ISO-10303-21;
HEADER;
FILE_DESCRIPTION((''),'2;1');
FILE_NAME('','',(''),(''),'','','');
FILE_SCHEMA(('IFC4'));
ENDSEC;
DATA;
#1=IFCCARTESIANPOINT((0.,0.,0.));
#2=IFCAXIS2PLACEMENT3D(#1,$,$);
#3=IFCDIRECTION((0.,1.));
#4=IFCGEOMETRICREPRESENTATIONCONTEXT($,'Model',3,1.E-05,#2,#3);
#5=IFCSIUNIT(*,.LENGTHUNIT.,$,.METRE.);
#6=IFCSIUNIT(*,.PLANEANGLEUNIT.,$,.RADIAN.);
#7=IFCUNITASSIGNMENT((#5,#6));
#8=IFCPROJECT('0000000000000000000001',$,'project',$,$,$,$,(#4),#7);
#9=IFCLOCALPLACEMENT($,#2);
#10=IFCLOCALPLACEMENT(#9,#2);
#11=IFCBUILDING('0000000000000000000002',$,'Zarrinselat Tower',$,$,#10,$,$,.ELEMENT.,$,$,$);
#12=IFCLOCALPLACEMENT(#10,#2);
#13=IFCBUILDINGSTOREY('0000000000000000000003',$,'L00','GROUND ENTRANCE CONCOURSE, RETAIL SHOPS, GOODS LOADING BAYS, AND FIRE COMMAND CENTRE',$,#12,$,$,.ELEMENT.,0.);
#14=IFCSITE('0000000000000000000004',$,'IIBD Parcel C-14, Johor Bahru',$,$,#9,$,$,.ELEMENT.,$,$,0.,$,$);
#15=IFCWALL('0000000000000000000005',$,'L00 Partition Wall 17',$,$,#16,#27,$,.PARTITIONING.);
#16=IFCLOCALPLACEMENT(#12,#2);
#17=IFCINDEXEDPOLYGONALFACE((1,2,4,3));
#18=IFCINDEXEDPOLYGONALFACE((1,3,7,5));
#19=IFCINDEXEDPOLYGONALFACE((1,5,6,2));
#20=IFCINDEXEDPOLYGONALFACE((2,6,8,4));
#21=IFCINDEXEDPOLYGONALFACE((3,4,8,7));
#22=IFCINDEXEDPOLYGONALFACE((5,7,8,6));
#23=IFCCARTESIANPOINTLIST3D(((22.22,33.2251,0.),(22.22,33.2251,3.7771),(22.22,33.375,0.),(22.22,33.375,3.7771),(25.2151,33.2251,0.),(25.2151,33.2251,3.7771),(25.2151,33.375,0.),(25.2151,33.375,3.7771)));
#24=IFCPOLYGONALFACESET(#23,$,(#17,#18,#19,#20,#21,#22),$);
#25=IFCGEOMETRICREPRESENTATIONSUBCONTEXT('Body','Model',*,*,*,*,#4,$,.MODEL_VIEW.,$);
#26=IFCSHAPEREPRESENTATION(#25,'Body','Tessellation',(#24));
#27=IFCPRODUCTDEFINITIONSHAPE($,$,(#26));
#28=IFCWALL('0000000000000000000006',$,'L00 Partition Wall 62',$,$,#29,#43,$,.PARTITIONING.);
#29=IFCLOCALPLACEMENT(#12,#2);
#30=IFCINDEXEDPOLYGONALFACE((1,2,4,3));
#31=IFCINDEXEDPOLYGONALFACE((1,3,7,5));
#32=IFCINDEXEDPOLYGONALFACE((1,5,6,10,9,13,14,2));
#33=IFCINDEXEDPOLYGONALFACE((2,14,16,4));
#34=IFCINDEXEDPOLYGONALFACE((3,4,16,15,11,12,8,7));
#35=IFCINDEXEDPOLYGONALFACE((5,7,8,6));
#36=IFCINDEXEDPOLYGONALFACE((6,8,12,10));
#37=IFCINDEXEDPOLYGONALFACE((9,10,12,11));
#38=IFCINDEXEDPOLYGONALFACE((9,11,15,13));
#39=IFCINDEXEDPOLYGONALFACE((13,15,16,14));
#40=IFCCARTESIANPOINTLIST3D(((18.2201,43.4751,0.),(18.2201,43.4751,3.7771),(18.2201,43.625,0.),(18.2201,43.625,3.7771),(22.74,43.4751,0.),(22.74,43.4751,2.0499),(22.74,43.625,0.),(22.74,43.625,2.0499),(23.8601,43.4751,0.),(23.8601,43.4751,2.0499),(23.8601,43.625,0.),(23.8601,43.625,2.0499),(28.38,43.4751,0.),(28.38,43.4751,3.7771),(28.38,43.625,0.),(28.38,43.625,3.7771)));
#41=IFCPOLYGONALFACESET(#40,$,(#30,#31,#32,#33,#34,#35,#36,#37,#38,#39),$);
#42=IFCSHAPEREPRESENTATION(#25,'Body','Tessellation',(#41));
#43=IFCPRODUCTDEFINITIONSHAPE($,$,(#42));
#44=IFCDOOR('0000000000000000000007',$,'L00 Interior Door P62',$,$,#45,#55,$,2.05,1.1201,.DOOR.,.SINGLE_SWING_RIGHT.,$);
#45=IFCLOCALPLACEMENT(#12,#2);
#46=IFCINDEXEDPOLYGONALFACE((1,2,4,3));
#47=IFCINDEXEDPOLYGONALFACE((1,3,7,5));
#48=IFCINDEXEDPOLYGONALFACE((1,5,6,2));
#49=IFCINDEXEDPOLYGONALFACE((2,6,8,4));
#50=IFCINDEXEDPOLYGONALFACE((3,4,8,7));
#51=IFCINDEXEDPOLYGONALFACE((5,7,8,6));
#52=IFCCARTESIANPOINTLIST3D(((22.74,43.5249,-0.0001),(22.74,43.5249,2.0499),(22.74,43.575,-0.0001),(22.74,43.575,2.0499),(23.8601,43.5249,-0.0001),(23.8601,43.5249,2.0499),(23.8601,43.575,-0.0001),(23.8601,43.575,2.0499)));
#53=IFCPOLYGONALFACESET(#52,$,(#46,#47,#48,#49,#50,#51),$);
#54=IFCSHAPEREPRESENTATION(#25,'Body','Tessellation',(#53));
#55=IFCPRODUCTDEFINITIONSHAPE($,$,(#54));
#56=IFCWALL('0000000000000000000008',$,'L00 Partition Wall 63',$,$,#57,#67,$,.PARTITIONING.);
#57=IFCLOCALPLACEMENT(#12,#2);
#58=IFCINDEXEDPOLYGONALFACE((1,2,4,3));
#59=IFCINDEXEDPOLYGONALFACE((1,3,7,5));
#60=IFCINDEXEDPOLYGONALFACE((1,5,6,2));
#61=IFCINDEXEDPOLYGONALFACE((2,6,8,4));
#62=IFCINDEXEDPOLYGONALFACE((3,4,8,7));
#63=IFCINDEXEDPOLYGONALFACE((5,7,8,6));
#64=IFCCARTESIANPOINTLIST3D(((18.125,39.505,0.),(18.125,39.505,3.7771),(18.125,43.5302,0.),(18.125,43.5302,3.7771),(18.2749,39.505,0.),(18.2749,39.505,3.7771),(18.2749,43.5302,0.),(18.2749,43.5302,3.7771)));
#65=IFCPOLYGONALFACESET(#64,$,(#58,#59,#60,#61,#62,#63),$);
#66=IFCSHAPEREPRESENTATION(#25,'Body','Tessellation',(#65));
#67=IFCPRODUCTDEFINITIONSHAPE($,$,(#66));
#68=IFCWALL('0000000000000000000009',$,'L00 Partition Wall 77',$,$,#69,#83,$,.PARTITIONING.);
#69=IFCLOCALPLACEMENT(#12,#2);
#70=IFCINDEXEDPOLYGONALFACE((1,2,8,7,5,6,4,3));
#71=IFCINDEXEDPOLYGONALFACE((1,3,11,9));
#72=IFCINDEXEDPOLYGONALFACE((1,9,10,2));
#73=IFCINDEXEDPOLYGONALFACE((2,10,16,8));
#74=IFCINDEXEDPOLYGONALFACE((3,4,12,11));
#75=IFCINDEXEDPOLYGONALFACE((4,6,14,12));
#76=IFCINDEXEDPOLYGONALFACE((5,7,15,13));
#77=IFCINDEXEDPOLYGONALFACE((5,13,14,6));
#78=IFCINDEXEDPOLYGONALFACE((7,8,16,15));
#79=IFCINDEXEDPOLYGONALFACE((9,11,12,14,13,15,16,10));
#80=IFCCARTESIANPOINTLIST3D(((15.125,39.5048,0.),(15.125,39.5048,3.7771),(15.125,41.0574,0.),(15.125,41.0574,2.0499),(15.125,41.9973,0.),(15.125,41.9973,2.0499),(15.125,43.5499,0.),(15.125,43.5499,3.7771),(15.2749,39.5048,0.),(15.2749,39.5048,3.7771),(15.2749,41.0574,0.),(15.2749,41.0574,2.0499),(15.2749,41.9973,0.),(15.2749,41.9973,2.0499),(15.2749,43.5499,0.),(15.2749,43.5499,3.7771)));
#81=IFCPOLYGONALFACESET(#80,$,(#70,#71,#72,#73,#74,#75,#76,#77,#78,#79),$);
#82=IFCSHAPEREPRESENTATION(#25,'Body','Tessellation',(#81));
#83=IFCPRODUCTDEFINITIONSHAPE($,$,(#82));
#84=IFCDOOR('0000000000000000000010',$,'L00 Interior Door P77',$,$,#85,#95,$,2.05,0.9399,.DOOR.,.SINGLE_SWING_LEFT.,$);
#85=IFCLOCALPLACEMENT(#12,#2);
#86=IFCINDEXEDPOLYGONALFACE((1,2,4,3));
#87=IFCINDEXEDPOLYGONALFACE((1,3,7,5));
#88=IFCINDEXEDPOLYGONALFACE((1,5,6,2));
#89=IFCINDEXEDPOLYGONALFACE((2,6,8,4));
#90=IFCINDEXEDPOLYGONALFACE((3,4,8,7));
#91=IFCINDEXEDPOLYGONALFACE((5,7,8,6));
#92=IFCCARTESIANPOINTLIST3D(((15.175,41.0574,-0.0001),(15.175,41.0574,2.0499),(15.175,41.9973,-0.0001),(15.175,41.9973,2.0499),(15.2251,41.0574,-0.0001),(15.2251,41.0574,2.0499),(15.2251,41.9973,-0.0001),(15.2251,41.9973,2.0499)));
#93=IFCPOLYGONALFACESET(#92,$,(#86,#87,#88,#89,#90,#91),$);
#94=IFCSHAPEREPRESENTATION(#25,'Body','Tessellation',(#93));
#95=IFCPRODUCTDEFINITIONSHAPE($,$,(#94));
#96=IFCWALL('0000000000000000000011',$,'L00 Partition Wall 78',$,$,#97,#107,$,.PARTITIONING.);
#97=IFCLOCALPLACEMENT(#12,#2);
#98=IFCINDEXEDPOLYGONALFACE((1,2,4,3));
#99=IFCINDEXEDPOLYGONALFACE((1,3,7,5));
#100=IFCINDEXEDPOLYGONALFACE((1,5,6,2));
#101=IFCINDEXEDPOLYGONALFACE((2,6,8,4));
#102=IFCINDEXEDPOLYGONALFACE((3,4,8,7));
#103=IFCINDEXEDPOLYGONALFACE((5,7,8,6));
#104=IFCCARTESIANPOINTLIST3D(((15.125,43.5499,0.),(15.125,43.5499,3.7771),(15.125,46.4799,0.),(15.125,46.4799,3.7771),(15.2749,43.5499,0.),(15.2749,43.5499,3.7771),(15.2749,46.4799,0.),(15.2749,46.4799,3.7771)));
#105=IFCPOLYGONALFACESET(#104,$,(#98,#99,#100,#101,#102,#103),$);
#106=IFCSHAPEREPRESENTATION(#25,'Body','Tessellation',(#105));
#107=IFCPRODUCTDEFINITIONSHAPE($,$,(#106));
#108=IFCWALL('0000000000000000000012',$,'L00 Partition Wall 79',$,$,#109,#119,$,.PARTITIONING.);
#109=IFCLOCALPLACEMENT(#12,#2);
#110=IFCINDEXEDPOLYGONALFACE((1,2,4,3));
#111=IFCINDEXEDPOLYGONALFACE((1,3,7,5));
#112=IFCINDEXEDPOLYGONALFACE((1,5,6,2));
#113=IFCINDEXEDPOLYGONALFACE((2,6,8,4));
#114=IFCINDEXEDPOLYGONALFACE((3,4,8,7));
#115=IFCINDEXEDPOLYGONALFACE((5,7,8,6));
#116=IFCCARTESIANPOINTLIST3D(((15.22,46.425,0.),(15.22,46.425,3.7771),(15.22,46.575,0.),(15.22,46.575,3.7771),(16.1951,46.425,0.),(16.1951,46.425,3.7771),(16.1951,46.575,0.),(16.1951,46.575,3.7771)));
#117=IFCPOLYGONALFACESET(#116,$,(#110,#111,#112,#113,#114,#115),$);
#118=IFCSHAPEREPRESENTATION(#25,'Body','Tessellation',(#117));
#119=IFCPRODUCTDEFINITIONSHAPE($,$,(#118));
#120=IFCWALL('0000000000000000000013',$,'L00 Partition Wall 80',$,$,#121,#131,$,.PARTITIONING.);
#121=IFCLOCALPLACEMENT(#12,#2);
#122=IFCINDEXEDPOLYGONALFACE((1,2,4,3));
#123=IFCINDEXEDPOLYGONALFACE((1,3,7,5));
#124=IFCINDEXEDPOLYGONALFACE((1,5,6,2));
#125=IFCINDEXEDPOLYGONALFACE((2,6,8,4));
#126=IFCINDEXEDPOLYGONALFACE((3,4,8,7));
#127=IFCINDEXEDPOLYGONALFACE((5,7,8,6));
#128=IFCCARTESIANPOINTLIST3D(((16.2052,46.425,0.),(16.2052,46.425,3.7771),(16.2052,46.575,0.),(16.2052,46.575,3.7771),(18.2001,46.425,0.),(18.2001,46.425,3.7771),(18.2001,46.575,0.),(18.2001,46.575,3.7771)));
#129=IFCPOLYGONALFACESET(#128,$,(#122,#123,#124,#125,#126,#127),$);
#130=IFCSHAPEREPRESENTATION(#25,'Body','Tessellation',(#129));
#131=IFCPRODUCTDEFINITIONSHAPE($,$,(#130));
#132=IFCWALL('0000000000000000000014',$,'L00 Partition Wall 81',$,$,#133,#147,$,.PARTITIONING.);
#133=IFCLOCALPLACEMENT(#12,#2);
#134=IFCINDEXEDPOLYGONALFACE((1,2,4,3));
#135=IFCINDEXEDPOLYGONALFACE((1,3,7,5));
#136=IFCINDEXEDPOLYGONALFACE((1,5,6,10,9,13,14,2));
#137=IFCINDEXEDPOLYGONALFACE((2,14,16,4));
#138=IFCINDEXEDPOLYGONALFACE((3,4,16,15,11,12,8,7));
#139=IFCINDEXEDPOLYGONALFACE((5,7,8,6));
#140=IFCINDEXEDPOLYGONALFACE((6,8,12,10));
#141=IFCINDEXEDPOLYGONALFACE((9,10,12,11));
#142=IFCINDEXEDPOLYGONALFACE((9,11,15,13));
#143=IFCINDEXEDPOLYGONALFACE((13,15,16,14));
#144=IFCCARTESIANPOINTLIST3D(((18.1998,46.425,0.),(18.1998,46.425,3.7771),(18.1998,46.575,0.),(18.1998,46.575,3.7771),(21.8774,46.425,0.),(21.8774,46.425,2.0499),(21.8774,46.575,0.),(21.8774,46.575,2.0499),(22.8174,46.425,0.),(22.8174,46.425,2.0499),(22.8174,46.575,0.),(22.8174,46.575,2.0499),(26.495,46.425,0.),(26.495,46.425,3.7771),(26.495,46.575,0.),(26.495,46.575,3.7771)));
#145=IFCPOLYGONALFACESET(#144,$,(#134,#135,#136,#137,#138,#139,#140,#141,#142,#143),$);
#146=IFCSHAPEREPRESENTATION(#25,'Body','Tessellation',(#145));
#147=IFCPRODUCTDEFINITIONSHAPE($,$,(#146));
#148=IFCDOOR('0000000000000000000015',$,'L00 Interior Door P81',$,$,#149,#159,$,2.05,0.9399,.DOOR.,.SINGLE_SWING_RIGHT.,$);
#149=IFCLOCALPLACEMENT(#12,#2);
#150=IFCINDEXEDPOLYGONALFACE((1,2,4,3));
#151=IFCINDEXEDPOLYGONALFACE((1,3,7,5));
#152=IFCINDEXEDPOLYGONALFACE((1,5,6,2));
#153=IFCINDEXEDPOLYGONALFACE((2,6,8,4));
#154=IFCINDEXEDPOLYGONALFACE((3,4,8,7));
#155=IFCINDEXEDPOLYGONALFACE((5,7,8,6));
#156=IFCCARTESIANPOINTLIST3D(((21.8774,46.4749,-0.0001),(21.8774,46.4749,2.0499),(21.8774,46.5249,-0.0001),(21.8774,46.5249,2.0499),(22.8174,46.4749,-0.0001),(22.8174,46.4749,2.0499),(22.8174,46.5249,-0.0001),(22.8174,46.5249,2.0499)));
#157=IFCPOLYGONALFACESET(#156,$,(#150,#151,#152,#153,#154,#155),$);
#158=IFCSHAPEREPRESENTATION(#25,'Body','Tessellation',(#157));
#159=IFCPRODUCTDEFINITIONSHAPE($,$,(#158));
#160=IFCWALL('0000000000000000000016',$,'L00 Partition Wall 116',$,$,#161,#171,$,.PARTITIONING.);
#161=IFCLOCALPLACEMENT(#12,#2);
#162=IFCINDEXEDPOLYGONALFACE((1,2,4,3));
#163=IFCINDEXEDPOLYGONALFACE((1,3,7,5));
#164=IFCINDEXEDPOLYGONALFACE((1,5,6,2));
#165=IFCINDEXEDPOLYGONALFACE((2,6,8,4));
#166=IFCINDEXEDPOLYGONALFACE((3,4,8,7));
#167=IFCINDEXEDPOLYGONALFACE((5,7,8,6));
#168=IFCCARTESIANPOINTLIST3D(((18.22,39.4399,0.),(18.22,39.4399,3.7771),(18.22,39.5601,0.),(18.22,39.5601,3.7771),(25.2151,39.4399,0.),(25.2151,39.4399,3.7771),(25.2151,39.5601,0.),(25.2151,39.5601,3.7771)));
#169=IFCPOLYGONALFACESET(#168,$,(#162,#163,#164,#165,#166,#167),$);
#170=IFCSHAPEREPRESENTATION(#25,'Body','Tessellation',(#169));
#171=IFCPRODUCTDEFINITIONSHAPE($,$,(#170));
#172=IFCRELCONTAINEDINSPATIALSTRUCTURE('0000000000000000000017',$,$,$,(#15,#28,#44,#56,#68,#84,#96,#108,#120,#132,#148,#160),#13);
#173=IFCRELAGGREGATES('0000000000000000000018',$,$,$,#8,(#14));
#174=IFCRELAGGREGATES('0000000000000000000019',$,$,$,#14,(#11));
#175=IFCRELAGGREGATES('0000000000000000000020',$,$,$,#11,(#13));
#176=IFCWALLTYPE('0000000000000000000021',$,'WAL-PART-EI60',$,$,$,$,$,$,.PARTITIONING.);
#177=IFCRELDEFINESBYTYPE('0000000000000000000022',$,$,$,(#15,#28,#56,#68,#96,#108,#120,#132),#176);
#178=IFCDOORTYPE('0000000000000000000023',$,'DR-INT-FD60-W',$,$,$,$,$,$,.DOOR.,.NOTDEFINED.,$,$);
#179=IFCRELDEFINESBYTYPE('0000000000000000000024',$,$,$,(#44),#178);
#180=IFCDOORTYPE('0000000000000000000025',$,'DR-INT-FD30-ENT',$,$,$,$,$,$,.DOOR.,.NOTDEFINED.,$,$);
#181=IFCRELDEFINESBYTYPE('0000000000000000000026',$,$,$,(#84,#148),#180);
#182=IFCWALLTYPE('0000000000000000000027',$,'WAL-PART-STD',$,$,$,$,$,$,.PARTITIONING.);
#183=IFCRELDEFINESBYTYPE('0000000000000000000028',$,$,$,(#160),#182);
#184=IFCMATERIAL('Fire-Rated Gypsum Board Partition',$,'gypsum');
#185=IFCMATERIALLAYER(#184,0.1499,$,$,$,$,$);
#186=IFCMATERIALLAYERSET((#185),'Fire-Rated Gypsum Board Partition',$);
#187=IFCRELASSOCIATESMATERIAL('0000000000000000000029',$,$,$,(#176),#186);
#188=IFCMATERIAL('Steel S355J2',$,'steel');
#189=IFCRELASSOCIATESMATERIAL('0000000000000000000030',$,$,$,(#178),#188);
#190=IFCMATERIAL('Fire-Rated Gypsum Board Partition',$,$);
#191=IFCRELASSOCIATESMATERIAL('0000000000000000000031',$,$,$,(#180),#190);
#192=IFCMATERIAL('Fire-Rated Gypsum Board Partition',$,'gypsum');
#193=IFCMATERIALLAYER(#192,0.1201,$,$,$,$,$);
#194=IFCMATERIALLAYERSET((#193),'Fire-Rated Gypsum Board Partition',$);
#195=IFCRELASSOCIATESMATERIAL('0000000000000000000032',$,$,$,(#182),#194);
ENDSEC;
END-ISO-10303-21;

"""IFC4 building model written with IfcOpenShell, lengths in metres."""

from ifc_helpers import new_model, si_unit, direction, frame, frame_2d, origin, place, context, subcontext, project, spatial, rectangle, extrude, material, layer, layer_set, type_object, element, fill, save


model = new_model("IFC4")

# Units and contexts
model_context = context("Model", 3, precision=1e-05, world=origin(), true_north=direction((0.0, 1.0)))
body_context = subcontext(model_context, "Body", "Model", "MODEL_VIEW")
ifc_project = project(units=[si_unit("LENGTHUNIT", "METRE"), si_unit("PLANEANGLEUNIT", "RADIAN")], contexts=[model_context])

# Site, building, storey
site_placement = place(None, origin())
site = spatial("IfcSite", under=ifc_project, at=site_placement, Name="IIBD Parcel C-14, Johor Bahru", CompositionType="ELEMENT", RefElevation=0.0)
building_placement = place(site_placement, origin())
building = spatial("IfcBuilding", under=site, at=building_placement, Name="Zarrinselat Tower", CompositionType="ELEMENT")
storey_placement = place(building_placement, origin())
storey = spatial("IfcBuildingStorey", under=building, at=storey_placement, Name="L00", Description="GROUND ENTRANCE CONCOURSE, RETAIL SHOPS, GOODS LOADING BAYS, AND FIRE COMMAND CENTRE", CompositionType="ELEMENT", Elevation=0.0)

# Wall
ifc_material_1 = material(Name="Fire-Rated Gypsum Board Partition", Category="gypsum")
ifc_layer_1 = layer(ifc_material_1, 0.1499)
ifc_layer_set_1 = layer_set([ifc_layer_1], Name="Fire-Rated Gypsum Board Partition")
wall_type_1 = type_object("IfcWallType", Name="WAL-PART-EI60", PredefinedType="PARTITIONING", material=ifc_layer_set_1)
wall_1_placement = place(storey_placement, frame((22.22, 33.3, 0.0), z_axis=(0.0, 0.0, 1.0), x_axis=(1.0, 0.0, 0.0)))
element("IfcWall", 1, at=wall_1_placement, inside=storey, type_object=wall_type_1, Name="L00 Partition Wall 17", PredefinedType="PARTITIONING", context=body_context, shape_type="SweptSolid", body=[
    extrude(rectangle(XDim=2.9951, YDim=0.1499, at=frame_2d((1.4976, 0.0))), origin(), (0.0, 0.0, 1.0), 3.7771),
])

# Wall, opening, door
wall_2_placement = place(storey_placement, frame((18.22, 43.55, 0.0), z_axis=(0.0, 0.0, 1.0), x_axis=(1.0, 0.0, 0.0)))
wall_2 = element("IfcWall", 2, at=wall_2_placement, inside=storey, type_object=wall_type_1, Name="L00 Partition Wall 62", PredefinedType="PARTITIONING", context=body_context, shape_type="SweptSolid", body=[
    extrude(rectangle(XDim=10.1599, YDim=0.1499, at=frame_2d((5.0801, 0.0))), origin(), (0.0, 0.0, 1.0), 3.7771),
])
opening_1_placement = place(wall_2_placement, frame((4.52, 0.0, 0.0)))
opening_1 = element("IfcOpeningElement", 3, at=opening_1_placement, cuts=wall_2, PredefinedType="OPENING", context=body_context, shape_type="SweptSolid", body=[
    extrude(rectangle(XDim=1.1201, YDim=2.05, at=frame_2d((0.5601, 1.0249))), frame((0.0, 0.085, 0.0), z_axis=(0.0, -1.0, 0.0), x_axis=(1.0, 0.0, 0.0)), (0.0, 0.0, 1.0), 0.1699),
])
ifc_material_2 = material(Name="Steel S355J2", Category="steel")
door_type_1 = type_object("IfcDoorType", Name="DR-INT-FD60-W", OperationType="NOTDEFINED", PredefinedType="DOOR", material=ifc_material_2)
door_1_placement = place(opening_1_placement, origin())
door_1 = element("IfcDoor", 4, at=door_1_placement, inside=storey, type_object=door_type_1, Name="L00 Interior Door P62", OperationType="SINGLE_SWING_RIGHT", OverallHeight=2.05, OverallWidth=1.1201, PredefinedType="DOOR", context=body_context, shape_type="SweptSolid", body=[
    extrude(rectangle(XDim=1.1201, YDim=2.05, at=frame_2d((0.5601, 1.0249))), frame((0.0, 0.0249, 0.0), z_axis=(0.0, -1.0, 0.0), x_axis=(1.0, 0.0, 0.0)), (0.0, 0.0, 1.0), 0.05),
])
fill(opening_1, door_1)

# Wall
wall_3_placement = place(storey_placement, frame((18.2, 39.5049, 0.0), z_axis=(0.0, 0.0, 1.0), x_axis=(0.0, 1.0, 0.0)))
element("IfcWall", 5, at=wall_3_placement, inside=storey, type_object=wall_type_1, Name="L00 Partition Wall 63", PredefinedType="PARTITIONING", context=body_context, shape_type="SweptSolid", body=[
    extrude(rectangle(XDim=4.0251, YDim=0.1499, at=frame_2d((2.0127, 0.0))), origin(), (0.0, 0.0, 1.0), 3.7771),
])

# Wall, opening, door
wall_4_placement = place(storey_placement, frame((15.2, 39.5049, 0.0), z_axis=(0.0, 0.0, 1.0), x_axis=(0.0, 1.0, 0.0)))
wall_4 = element("IfcWall", 6, at=wall_4_placement, inside=storey, type_object=wall_type_1, Name="L00 Partition Wall 77", PredefinedType="PARTITIONING", context=body_context, shape_type="SweptSolid", body=[
    extrude(rectangle(XDim=4.0452, YDim=0.1499, at=frame_2d((2.0225, 0.0))), origin(), (0.0, 0.0, 1.0), 3.7771),
])
opening_2_placement = place(wall_4_placement, frame((1.5525, 0.0, 0.0)))
opening_2 = element("IfcOpeningElement", 7, at=opening_2_placement, cuts=wall_4, PredefinedType="OPENING", context=body_context, shape_type="SweptSolid", body=[
    extrude(rectangle(XDim=0.9399, YDim=2.05, at=frame_2d((0.47, 1.0249))), frame((0.0, 0.085, 0.0), z_axis=(0.0, -1.0, 0.0), x_axis=(1.0, 0.0, 0.0)), (0.0, 0.0, 1.0), 0.1699),
])
ifc_material_3 = material(Name="Fire-Rated Gypsum Board Partition")
door_type_2 = type_object("IfcDoorType", Name="DR-INT-FD30-ENT", OperationType="NOTDEFINED", PredefinedType="DOOR", material=ifc_material_3)
door_2_placement = place(opening_2_placement, origin())
door_2 = element("IfcDoor", 8, at=door_2_placement, inside=storey, type_object=door_type_2, Name="L00 Interior Door P77", OperationType="SINGLE_SWING_LEFT", OverallHeight=2.05, OverallWidth=0.9399, PredefinedType="DOOR", context=body_context, shape_type="SweptSolid", body=[
    extrude(rectangle(XDim=0.9399, YDim=2.05, at=frame_2d((0.47, 1.0249))), frame((0.0, 0.0249, 0.0), z_axis=(0.0, -1.0, 0.0), x_axis=(1.0, 0.0, 0.0)), (0.0, 0.0, 1.0), 0.05),
])
fill(opening_2, door_2)

# Walls
wall_5_placement = place(storey_placement, frame((15.2, 43.55, 0.0), z_axis=(0.0, 0.0, 1.0), x_axis=(0.0, 1.0, 0.0)))
element("IfcWall", 9, at=wall_5_placement, inside=storey, type_object=wall_type_1, Name="L00 Partition Wall 78", PredefinedType="PARTITIONING", context=body_context, shape_type="SweptSolid", body=[
    extrude(rectangle(XDim=2.9299, YDim=0.1499, at=frame_2d((1.4648, 0.0))), origin(), (0.0, 0.0, 1.0), 3.7771),
])
wall_6_placement = place(storey_placement, frame((15.22, 46.5, 0.0), z_axis=(0.0, 0.0, 1.0), x_axis=(1.0, 0.0, 0.0)))
element("IfcWall", 10, at=wall_6_placement, inside=storey, type_object=wall_type_1, Name="L00 Partition Wall 79", PredefinedType="PARTITIONING", context=body_context, shape_type="SweptSolid", body=[
    extrude(rectangle(XDim=0.9751, YDim=0.1499, at=frame_2d((0.4875, 0.0))), origin(), (0.0, 0.0, 1.0), 3.7771),
])
wall_7_placement = place(storey_placement, frame((16.2051, 46.5, 0.0), z_axis=(0.0, 0.0, 1.0), x_axis=(1.0, 0.0, 0.0)))
element("IfcWall", 11, at=wall_7_placement, inside=storey, type_object=wall_type_1, Name="L00 Partition Wall 80", PredefinedType="PARTITIONING", context=body_context, shape_type="SweptSolid", body=[
    extrude(rectangle(XDim=1.9949, YDim=0.1499, at=frame_2d((0.9976, 0.0))), origin(), (0.0, 0.0, 1.0), 3.7771),
])

# Wall, opening, door
wall_8_placement = place(storey_placement, frame((18.2, 46.5, 0.0), z_axis=(0.0, 0.0, 1.0), x_axis=(1.0, 0.0, 0.0)))
wall_8 = element("IfcWall", 12, at=wall_8_placement, inside=storey, type_object=wall_type_1, Name="L00 Partition Wall 81", PredefinedType="PARTITIONING", context=body_context, shape_type="SweptSolid", body=[
    extrude(rectangle(XDim=8.2952, YDim=0.1499, at=frame_2d((4.1475, 0.0))), origin(), (0.0, 0.0, 1.0), 3.7771),
])
opening_3_placement = place(wall_8_placement, frame((3.6775, 0.0, 0.0)))
opening_3 = element("IfcOpeningElement", 13, at=opening_3_placement, cuts=wall_8, PredefinedType="OPENING", context=body_context, shape_type="SweptSolid", body=[
    extrude(rectangle(XDim=0.9399, YDim=2.05, at=frame_2d((0.47, 1.0249))), frame((0.0, 0.085, 0.0), z_axis=(0.0, -1.0, 0.0), x_axis=(1.0, 0.0, 0.0)), (0.0, 0.0, 1.0), 0.1699),
])
door_3_placement = place(opening_3_placement, origin())
door_3 = element("IfcDoor", 14, at=door_3_placement, inside=storey, type_object=door_type_2, Name="L00 Interior Door P81", OperationType="SINGLE_SWING_RIGHT", OverallHeight=2.05, OverallWidth=0.9399, PredefinedType="DOOR", context=body_context, shape_type="SweptSolid", body=[
    extrude(rectangle(XDim=0.9399, YDim=2.05, at=frame_2d((0.47, 1.0249))), frame((0.0, 0.0249, 0.0), z_axis=(0.0, -1.0, 0.0), x_axis=(1.0, 0.0, 0.0)), (0.0, 0.0, 1.0), 0.05),
])
fill(opening_3, door_3)

# Wall
ifc_material_4 = material(Name="Fire-Rated Gypsum Board Partition", Category="gypsum")
ifc_layer_2 = layer(ifc_material_4, 0.1201)
ifc_layer_set_2 = layer_set([ifc_layer_2], Name="Fire-Rated Gypsum Board Partition")
wall_type_2 = type_object("IfcWallType", Name="WAL-PART-STD", PredefinedType="PARTITIONING", material=ifc_layer_set_2)
wall_9_placement = place(storey_placement, frame((18.22, 39.5, 0.0), z_axis=(0.0, 0.0, 1.0), x_axis=(1.0, 0.0, 0.0)))
element("IfcWall", 15, at=wall_9_placement, inside=storey, type_object=wall_type_2, Name="L00 Partition Wall 116", PredefinedType="PARTITIONING", context=body_context, shape_type="SweptSolid", body=[
    extrude(rectangle(XDim=6.9951, YDim=0.1201, at=frame_2d((3.4976, 0.0))), origin(), (0.0, 0.0, 1.0), 3.7771),
])

save(model, "model.ifc")
